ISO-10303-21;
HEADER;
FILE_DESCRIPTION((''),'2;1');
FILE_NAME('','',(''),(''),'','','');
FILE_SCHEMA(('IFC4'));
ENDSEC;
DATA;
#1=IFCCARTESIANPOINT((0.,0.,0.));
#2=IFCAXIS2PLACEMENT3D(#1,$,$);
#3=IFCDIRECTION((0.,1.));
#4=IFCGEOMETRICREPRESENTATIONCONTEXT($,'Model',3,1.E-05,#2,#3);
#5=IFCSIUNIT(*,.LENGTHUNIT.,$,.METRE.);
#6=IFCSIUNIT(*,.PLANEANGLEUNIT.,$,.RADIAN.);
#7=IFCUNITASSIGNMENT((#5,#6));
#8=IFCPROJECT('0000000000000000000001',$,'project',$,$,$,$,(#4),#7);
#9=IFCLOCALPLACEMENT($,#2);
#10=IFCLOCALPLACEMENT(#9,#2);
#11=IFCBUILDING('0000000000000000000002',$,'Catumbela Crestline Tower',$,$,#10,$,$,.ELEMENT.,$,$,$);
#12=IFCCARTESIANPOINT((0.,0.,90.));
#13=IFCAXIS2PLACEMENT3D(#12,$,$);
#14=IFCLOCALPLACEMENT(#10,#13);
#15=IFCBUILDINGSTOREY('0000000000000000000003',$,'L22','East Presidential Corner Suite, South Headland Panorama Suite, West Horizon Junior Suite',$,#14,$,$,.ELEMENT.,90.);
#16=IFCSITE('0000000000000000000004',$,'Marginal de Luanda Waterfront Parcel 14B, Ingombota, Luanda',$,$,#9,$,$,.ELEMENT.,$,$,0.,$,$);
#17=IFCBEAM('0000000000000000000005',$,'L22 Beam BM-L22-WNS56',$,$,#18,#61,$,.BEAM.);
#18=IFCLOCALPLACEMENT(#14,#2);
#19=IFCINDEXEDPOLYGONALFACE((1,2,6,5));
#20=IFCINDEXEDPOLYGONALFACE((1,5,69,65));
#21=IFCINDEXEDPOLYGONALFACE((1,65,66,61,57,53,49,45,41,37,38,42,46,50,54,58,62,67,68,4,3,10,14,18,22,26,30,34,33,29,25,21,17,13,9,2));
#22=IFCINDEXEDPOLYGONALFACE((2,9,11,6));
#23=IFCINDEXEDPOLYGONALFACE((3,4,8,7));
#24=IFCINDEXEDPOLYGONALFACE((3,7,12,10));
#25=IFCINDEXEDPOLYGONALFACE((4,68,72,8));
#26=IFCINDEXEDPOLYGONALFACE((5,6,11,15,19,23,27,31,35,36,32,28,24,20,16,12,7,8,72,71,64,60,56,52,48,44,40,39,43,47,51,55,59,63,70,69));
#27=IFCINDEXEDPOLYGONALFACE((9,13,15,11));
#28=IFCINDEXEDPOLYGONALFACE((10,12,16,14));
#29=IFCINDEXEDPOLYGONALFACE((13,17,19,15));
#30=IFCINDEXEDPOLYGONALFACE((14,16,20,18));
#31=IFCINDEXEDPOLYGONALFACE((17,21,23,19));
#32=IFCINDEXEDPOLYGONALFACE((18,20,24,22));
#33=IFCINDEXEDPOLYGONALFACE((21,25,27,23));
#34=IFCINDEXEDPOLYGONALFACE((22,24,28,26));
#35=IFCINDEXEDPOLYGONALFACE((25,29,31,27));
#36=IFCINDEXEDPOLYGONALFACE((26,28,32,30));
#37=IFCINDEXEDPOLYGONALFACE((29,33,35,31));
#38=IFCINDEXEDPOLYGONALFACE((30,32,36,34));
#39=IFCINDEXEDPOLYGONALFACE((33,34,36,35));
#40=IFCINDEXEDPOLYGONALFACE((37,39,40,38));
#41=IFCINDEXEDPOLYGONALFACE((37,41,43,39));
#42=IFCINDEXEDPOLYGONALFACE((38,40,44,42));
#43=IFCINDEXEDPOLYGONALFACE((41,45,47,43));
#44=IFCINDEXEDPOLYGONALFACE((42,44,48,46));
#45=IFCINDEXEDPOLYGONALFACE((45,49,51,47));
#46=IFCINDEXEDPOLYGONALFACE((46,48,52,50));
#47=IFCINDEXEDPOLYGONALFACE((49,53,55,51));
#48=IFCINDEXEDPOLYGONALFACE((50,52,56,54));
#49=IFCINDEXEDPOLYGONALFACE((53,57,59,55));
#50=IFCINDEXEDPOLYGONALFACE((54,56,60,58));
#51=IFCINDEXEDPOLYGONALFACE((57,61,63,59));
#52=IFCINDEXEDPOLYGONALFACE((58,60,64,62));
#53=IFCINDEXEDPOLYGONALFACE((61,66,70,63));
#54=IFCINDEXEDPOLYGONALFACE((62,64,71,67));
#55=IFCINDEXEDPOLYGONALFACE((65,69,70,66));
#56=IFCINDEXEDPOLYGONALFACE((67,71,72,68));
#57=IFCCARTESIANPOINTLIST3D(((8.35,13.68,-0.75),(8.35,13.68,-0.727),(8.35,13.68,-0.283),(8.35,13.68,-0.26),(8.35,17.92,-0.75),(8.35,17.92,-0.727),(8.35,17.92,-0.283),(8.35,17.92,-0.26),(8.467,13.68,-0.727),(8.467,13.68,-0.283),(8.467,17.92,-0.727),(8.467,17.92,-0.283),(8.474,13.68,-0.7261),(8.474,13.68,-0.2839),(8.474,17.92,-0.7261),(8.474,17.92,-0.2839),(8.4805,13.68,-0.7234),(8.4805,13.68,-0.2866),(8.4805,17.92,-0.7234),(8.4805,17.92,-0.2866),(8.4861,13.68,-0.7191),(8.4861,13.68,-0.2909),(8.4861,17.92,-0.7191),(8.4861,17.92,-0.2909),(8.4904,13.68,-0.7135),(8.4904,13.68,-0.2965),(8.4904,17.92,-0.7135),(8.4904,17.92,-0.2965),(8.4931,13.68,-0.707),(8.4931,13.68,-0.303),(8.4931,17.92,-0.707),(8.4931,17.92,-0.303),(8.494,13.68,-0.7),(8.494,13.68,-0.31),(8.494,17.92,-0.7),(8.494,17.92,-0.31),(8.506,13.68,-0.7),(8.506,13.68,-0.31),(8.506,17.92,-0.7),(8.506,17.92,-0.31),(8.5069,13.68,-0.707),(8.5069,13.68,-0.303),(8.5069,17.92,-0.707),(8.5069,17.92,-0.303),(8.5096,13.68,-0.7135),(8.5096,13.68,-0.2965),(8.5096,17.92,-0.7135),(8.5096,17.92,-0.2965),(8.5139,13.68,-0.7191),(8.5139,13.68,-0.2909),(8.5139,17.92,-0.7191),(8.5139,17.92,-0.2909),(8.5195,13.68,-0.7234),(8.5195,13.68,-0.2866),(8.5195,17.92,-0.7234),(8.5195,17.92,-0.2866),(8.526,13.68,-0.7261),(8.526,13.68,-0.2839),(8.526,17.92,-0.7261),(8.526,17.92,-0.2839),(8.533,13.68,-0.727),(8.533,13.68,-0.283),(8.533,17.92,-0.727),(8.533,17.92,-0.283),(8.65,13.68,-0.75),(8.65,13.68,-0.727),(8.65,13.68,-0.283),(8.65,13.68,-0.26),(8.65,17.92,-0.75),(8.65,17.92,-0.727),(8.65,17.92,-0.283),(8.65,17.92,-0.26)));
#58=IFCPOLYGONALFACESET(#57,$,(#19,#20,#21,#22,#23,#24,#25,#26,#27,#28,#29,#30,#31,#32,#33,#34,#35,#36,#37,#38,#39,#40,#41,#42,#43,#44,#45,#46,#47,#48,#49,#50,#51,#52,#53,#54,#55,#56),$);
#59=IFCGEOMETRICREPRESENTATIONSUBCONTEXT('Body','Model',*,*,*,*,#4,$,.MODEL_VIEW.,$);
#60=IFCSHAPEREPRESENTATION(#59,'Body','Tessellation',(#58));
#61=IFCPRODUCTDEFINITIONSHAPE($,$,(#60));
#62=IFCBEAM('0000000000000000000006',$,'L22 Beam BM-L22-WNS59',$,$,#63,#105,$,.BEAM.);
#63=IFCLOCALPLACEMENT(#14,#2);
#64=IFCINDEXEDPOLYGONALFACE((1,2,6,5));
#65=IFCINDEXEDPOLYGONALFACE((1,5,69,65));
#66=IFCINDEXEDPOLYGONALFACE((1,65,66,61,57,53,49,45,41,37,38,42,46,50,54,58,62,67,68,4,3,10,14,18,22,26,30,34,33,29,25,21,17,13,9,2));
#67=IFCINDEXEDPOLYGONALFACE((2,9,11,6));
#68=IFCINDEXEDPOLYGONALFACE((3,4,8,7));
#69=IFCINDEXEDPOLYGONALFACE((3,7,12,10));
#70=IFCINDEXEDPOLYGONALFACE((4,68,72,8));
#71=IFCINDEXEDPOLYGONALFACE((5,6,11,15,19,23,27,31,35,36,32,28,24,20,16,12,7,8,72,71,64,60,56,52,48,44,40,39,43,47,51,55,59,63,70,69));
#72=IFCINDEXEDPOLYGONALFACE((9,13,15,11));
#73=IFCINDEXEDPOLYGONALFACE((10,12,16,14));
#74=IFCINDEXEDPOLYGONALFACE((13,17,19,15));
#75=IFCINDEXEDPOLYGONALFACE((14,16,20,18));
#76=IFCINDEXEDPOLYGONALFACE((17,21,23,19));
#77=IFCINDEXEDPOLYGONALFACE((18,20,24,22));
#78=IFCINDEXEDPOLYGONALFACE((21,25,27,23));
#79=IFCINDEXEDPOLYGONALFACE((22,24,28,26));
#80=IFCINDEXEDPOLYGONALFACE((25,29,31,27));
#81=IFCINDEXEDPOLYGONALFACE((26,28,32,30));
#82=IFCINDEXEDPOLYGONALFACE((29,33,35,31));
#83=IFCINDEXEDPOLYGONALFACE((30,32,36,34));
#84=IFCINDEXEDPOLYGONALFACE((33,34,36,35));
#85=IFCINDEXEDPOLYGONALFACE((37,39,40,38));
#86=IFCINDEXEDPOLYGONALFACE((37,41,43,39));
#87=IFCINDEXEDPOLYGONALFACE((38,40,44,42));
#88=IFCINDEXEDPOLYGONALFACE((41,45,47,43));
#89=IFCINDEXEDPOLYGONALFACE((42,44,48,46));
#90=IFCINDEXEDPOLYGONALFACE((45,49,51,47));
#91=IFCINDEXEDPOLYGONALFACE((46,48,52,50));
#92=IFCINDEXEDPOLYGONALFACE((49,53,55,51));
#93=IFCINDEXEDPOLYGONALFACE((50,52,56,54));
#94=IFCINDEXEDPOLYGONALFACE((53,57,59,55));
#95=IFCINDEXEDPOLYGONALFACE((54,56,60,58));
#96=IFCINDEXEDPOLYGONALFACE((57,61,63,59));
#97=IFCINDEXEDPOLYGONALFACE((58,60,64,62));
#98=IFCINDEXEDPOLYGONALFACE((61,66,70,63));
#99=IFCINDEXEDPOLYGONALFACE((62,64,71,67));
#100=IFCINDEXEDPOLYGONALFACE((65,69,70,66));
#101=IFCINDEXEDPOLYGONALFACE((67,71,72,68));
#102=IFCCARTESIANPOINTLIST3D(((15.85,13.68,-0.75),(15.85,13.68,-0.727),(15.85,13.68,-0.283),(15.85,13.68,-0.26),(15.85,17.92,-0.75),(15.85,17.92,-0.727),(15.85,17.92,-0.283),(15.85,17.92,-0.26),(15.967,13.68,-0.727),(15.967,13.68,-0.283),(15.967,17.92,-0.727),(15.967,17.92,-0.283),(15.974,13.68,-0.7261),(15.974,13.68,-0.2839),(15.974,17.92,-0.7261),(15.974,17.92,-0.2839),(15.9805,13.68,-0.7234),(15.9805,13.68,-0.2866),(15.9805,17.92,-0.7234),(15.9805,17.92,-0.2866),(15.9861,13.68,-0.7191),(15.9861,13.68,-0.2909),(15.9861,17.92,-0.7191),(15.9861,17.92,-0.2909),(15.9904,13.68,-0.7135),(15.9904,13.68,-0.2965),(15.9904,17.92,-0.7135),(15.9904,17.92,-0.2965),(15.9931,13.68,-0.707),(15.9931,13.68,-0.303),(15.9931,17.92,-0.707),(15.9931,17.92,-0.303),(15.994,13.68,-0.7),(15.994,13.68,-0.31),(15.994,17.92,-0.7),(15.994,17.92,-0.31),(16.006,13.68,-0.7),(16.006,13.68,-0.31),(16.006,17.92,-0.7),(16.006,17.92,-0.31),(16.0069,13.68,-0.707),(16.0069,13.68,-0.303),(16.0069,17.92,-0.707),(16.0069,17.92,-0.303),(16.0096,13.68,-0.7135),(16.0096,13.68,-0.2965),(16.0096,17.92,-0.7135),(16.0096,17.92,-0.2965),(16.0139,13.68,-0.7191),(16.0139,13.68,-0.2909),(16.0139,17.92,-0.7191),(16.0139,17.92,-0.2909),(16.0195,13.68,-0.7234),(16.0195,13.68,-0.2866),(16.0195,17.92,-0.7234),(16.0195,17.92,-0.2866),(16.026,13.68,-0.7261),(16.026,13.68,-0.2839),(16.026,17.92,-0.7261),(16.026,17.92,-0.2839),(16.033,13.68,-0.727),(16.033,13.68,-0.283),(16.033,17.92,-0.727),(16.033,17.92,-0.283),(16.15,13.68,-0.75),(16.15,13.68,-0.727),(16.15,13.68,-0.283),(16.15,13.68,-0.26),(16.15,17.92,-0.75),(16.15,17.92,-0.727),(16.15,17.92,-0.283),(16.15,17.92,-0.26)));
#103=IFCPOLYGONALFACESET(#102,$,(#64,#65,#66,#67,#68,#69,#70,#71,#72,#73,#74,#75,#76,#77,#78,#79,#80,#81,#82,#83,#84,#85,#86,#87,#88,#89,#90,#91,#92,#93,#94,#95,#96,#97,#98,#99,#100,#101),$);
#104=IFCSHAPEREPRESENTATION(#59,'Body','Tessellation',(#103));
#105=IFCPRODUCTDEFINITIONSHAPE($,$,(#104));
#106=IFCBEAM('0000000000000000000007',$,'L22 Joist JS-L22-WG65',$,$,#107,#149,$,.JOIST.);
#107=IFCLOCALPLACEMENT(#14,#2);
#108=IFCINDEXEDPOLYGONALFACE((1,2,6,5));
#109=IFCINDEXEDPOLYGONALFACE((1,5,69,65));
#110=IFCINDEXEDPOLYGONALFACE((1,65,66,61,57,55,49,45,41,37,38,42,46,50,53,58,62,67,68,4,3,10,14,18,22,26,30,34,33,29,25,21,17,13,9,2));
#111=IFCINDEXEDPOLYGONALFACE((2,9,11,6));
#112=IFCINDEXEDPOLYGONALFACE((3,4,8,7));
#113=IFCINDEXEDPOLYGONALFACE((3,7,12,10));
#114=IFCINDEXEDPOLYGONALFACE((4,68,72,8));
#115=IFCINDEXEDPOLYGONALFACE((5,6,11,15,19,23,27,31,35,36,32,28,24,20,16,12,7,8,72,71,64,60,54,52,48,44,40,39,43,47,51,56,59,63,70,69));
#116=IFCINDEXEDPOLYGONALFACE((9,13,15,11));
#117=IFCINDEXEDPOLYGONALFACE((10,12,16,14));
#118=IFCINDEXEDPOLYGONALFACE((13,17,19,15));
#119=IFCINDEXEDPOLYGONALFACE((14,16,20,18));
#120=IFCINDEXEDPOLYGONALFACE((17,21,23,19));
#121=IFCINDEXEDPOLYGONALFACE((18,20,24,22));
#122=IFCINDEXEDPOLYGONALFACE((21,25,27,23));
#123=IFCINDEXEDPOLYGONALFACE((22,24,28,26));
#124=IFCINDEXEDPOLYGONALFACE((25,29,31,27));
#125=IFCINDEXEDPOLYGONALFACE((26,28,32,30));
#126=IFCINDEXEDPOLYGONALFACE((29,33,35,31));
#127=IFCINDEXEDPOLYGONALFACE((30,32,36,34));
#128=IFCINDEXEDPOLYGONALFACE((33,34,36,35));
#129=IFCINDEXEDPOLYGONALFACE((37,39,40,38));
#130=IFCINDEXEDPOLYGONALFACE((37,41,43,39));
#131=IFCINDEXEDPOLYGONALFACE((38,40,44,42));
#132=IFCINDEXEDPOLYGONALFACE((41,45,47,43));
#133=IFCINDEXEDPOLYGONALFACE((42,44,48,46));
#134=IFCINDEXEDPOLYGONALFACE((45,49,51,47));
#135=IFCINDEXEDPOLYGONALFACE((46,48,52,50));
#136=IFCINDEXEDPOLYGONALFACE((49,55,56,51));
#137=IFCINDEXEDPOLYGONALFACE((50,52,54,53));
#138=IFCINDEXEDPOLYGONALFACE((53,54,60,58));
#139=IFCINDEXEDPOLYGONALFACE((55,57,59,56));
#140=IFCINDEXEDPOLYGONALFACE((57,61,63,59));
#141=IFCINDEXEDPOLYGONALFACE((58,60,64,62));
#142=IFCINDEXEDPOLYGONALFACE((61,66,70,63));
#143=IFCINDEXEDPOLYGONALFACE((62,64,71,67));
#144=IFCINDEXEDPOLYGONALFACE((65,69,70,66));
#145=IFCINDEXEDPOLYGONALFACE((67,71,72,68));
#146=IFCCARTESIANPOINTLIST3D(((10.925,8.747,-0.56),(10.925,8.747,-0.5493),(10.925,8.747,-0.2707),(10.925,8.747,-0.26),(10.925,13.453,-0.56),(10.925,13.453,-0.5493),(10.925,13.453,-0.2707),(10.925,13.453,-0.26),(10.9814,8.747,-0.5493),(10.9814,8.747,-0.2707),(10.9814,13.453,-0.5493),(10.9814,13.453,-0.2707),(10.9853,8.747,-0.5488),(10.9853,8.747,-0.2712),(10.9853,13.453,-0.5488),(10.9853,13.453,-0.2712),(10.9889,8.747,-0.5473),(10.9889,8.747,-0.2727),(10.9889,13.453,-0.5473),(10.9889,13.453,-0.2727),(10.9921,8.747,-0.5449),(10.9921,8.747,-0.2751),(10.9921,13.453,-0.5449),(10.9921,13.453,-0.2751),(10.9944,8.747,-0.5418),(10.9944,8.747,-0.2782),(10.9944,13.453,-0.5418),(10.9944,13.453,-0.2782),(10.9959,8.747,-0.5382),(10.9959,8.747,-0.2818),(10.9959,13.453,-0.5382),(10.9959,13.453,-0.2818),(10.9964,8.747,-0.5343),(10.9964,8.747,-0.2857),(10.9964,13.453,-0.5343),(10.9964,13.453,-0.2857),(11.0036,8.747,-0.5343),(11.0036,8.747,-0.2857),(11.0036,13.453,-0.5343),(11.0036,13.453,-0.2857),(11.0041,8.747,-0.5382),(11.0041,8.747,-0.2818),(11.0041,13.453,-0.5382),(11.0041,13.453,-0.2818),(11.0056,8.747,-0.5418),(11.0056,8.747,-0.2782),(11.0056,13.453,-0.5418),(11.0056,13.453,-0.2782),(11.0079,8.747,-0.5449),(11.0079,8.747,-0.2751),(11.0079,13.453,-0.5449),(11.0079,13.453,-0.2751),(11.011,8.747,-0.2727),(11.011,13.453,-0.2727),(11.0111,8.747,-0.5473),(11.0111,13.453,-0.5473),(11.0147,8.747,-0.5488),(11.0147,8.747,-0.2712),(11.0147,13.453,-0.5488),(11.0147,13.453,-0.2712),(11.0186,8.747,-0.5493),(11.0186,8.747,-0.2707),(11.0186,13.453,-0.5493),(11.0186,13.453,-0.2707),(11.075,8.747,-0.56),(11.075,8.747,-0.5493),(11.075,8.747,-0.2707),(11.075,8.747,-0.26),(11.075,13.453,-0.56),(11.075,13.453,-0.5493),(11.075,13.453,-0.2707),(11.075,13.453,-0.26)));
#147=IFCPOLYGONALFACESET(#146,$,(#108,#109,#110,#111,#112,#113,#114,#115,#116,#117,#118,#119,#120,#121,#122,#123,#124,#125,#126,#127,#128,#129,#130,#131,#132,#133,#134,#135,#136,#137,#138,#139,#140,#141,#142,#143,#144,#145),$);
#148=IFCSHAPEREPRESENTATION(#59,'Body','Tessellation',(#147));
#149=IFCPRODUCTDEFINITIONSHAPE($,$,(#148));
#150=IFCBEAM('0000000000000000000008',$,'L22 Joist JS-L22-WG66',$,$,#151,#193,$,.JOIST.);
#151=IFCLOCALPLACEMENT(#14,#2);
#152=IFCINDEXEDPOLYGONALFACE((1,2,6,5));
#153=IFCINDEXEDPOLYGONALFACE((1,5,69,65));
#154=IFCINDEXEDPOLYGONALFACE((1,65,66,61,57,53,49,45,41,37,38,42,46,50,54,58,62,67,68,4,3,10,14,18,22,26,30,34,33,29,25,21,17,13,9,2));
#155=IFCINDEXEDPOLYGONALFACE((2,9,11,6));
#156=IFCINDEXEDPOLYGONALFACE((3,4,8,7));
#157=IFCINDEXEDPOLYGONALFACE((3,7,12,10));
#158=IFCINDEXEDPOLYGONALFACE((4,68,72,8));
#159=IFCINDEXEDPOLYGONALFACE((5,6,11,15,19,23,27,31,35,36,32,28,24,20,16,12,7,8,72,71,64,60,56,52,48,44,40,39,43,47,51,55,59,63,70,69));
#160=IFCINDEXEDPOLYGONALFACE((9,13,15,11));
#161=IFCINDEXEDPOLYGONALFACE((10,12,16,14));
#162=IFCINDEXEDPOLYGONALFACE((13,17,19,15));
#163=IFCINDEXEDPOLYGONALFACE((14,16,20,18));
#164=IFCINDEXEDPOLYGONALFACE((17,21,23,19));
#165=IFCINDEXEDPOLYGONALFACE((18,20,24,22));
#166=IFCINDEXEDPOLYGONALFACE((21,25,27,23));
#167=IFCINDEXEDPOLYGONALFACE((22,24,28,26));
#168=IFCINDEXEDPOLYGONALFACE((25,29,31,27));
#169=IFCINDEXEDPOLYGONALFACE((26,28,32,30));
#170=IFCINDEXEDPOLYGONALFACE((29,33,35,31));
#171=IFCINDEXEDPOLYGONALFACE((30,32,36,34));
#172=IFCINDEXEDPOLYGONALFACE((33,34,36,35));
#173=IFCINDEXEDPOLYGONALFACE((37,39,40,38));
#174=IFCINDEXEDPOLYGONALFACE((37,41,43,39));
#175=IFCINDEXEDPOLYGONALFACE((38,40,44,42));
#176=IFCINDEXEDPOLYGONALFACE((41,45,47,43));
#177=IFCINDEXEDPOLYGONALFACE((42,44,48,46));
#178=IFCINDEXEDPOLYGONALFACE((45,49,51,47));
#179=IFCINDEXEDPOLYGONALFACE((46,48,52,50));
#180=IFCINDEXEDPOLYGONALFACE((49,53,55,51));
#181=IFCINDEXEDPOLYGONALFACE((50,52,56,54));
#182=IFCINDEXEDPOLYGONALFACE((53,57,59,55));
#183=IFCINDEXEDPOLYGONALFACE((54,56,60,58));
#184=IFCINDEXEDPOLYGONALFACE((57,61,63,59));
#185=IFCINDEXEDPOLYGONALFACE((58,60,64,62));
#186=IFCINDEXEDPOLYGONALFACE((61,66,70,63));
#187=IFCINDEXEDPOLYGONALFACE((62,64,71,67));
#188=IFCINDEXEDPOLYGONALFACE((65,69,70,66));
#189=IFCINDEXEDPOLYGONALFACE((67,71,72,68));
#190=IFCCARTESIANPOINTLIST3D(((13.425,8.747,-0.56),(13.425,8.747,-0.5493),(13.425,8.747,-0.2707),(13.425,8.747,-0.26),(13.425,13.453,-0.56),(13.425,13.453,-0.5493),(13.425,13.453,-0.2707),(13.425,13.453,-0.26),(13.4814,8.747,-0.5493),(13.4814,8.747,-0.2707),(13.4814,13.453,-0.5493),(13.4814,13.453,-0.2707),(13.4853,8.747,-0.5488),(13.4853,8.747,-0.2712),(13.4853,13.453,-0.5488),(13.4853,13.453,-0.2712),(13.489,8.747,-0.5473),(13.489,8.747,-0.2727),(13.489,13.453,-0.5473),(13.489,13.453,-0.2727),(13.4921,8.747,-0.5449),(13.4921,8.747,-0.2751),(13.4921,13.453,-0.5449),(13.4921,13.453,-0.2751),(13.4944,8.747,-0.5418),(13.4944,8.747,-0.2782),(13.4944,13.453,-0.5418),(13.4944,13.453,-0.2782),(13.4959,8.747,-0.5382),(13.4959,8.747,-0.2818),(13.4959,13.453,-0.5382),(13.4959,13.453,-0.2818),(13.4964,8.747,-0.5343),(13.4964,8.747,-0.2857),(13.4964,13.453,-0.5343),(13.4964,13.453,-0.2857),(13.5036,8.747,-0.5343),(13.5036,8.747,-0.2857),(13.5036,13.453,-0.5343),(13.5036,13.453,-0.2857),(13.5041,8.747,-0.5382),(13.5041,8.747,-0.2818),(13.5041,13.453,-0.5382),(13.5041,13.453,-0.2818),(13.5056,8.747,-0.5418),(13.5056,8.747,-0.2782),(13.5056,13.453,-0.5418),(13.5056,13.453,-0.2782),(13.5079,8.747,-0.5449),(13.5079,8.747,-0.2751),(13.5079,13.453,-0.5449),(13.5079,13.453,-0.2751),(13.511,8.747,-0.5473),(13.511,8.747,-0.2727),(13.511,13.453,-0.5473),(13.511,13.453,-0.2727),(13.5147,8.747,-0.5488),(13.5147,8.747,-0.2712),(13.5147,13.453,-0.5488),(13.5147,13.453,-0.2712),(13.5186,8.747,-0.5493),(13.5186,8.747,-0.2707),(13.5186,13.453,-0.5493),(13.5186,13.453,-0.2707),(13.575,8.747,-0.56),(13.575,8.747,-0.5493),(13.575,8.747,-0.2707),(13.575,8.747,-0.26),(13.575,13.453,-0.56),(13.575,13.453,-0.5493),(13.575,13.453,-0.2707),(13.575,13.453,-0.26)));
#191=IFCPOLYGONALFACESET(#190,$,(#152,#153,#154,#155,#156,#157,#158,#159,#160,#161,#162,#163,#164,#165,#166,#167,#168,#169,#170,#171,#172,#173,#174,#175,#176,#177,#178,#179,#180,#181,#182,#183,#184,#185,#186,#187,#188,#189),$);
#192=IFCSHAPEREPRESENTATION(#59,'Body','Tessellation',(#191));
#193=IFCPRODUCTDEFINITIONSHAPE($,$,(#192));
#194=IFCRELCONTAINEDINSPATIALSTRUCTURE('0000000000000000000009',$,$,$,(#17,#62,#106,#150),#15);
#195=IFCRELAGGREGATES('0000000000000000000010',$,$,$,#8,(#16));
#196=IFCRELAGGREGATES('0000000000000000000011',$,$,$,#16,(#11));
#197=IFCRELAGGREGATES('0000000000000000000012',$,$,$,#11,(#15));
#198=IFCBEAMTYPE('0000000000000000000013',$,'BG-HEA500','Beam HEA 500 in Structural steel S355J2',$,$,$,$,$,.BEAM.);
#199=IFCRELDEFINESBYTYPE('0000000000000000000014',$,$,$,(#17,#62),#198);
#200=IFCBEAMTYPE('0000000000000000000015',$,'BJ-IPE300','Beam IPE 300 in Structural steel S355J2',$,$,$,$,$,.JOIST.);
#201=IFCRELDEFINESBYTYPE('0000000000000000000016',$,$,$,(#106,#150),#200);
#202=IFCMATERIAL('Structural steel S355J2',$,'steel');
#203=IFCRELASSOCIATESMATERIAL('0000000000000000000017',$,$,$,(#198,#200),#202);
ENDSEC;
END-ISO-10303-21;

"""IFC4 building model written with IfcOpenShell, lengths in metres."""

from ifc_helpers import new_model, si_unit, direction, frame, origin, origin_2d, place, context, subcontext, project, spatial, i_section, extrude, material, material_profile, profile_set, type_object, element, save


model = new_model("IFC4")

# Units and contexts
model_context = context("Model", 3, precision=1e-05, world=origin(), true_north=direction((0.0, 1.0)))
body_context = subcontext(model_context, "Body", "Model", "MODEL_VIEW")
ifc_project = project(units=[si_unit("LENGTHUNIT", "METRE"), si_unit("PLANEANGLEUNIT", "RADIAN")], contexts=[model_context])

# Site, building, storey
site_placement = place(None, origin())
site = spatial("IfcSite", under=ifc_project, at=site_placement, Name="Marginal de Luanda Waterfront Parcel 14B, Ingombota, Luanda", CompositionType="ELEMENT", RefElevation=0.0)
building_placement = place(site_placement, origin())
building = spatial("IfcBuilding", under=site, at=building_placement, Name="Catumbela Crestline Tower", CompositionType="ELEMENT")
storey_placement = place(building_placement, frame((0.0, 0.0, 90.0)))
storey = spatial("IfcBuildingStorey", under=building, at=storey_placement, Name="L22", Description="East Presidential Corner Suite, South Headland Panorama Suite, West Horizon Junior Suite", CompositionType="ELEMENT", Elevation=90.0)

# Beams
ifc_material_1 = material(Name="Structural steel S355J2", Category="steel")
ifc_material_profile_1 = material_profile(ifc_material_1, i_section(OverallWidth=0.3, OverallDepth=0.49, WebThickness=0.012, FlangeThickness=0.023, FilletRadius=0.027, at=origin_2d()), Name="HEA 500")
ifc_profile_set_1 = profile_set([ifc_material_profile_1], Name="Structural steel S355J2")
beam_type_1 = type_object("IfcBeamType", Name="BG-HEA500", Description="Beam HEA 500 in Structural steel S355J2", PredefinedType="BEAM", material=ifc_profile_set_1)
for number, where, z_axis, x_axis, name in (
    (1, (8.5, 13.68, -0.505), (0.0, 1.0, 0.0), (-1.0, 0.0, 0.0), "L22 Beam BM-L22-WNS56"),
    (2, (16.0, 13.68, -0.505), (0.0, 1.0, 0.0), (-1.0, 0.0, 0.0), "L22 Beam BM-L22-WNS59"),
):
    element("IfcBeam", number, at=place(storey_placement, frame(where, z_axis=z_axis, x_axis=x_axis)), inside=storey, type_object=beam_type_1, Name=name, PredefinedType="BEAM", context=body_context, shape_type="SweptSolid", body=[
        extrude(i_section(OverallWidth=0.3, OverallDepth=0.49, WebThickness=0.012, FlangeThickness=0.023, FilletRadius=0.027, at=origin_2d()), origin(), (0.0, 0.0, 1.0), 4.24),
    ])
ifc_material_profile_2 = material_profile(ifc_material_1, i_section(OverallWidth=0.15, OverallDepth=0.3, WebThickness=0.0071, FlangeThickness=0.0107, FilletRadius=0.015, at=origin_2d()), Name="IPE 300")
ifc_profile_set_2 = profile_set([ifc_material_profile_2], Name="Structural steel S355J2")
beam_type_2 = type_object("IfcBeamType", Name="BJ-IPE300", Description="Beam IPE 300 in Structural steel S355J2", PredefinedType="JOIST", material=ifc_profile_set_2)
for number, where, z_axis, x_axis, name in (
    (3, (11.0, 8.747, -0.41), (0.0, 1.0, 0.0), (-1.0, 0.0, 0.0), "L22 Joist JS-L22-WG65"),
    (4, (13.5, 8.747, -0.41), (0.0, 1.0, 0.0), (-1.0, 0.0, 0.0), "L22 Joist JS-L22-WG66"),
):
    element("IfcBeam", number, at=place(storey_placement, frame(where, z_axis=z_axis, x_axis=x_axis)), inside=storey, type_object=beam_type_2, Name=name, PredefinedType="JOIST", context=body_context, shape_type="SweptSolid", body=[
        extrude(i_section(OverallWidth=0.15, OverallDepth=0.3, WebThickness=0.0071, FlangeThickness=0.0107, FilletRadius=0.015, at=origin_2d()), origin(), (0.0, 0.0, 1.0), 4.706),
    ])

save(model, "model.ifc")
